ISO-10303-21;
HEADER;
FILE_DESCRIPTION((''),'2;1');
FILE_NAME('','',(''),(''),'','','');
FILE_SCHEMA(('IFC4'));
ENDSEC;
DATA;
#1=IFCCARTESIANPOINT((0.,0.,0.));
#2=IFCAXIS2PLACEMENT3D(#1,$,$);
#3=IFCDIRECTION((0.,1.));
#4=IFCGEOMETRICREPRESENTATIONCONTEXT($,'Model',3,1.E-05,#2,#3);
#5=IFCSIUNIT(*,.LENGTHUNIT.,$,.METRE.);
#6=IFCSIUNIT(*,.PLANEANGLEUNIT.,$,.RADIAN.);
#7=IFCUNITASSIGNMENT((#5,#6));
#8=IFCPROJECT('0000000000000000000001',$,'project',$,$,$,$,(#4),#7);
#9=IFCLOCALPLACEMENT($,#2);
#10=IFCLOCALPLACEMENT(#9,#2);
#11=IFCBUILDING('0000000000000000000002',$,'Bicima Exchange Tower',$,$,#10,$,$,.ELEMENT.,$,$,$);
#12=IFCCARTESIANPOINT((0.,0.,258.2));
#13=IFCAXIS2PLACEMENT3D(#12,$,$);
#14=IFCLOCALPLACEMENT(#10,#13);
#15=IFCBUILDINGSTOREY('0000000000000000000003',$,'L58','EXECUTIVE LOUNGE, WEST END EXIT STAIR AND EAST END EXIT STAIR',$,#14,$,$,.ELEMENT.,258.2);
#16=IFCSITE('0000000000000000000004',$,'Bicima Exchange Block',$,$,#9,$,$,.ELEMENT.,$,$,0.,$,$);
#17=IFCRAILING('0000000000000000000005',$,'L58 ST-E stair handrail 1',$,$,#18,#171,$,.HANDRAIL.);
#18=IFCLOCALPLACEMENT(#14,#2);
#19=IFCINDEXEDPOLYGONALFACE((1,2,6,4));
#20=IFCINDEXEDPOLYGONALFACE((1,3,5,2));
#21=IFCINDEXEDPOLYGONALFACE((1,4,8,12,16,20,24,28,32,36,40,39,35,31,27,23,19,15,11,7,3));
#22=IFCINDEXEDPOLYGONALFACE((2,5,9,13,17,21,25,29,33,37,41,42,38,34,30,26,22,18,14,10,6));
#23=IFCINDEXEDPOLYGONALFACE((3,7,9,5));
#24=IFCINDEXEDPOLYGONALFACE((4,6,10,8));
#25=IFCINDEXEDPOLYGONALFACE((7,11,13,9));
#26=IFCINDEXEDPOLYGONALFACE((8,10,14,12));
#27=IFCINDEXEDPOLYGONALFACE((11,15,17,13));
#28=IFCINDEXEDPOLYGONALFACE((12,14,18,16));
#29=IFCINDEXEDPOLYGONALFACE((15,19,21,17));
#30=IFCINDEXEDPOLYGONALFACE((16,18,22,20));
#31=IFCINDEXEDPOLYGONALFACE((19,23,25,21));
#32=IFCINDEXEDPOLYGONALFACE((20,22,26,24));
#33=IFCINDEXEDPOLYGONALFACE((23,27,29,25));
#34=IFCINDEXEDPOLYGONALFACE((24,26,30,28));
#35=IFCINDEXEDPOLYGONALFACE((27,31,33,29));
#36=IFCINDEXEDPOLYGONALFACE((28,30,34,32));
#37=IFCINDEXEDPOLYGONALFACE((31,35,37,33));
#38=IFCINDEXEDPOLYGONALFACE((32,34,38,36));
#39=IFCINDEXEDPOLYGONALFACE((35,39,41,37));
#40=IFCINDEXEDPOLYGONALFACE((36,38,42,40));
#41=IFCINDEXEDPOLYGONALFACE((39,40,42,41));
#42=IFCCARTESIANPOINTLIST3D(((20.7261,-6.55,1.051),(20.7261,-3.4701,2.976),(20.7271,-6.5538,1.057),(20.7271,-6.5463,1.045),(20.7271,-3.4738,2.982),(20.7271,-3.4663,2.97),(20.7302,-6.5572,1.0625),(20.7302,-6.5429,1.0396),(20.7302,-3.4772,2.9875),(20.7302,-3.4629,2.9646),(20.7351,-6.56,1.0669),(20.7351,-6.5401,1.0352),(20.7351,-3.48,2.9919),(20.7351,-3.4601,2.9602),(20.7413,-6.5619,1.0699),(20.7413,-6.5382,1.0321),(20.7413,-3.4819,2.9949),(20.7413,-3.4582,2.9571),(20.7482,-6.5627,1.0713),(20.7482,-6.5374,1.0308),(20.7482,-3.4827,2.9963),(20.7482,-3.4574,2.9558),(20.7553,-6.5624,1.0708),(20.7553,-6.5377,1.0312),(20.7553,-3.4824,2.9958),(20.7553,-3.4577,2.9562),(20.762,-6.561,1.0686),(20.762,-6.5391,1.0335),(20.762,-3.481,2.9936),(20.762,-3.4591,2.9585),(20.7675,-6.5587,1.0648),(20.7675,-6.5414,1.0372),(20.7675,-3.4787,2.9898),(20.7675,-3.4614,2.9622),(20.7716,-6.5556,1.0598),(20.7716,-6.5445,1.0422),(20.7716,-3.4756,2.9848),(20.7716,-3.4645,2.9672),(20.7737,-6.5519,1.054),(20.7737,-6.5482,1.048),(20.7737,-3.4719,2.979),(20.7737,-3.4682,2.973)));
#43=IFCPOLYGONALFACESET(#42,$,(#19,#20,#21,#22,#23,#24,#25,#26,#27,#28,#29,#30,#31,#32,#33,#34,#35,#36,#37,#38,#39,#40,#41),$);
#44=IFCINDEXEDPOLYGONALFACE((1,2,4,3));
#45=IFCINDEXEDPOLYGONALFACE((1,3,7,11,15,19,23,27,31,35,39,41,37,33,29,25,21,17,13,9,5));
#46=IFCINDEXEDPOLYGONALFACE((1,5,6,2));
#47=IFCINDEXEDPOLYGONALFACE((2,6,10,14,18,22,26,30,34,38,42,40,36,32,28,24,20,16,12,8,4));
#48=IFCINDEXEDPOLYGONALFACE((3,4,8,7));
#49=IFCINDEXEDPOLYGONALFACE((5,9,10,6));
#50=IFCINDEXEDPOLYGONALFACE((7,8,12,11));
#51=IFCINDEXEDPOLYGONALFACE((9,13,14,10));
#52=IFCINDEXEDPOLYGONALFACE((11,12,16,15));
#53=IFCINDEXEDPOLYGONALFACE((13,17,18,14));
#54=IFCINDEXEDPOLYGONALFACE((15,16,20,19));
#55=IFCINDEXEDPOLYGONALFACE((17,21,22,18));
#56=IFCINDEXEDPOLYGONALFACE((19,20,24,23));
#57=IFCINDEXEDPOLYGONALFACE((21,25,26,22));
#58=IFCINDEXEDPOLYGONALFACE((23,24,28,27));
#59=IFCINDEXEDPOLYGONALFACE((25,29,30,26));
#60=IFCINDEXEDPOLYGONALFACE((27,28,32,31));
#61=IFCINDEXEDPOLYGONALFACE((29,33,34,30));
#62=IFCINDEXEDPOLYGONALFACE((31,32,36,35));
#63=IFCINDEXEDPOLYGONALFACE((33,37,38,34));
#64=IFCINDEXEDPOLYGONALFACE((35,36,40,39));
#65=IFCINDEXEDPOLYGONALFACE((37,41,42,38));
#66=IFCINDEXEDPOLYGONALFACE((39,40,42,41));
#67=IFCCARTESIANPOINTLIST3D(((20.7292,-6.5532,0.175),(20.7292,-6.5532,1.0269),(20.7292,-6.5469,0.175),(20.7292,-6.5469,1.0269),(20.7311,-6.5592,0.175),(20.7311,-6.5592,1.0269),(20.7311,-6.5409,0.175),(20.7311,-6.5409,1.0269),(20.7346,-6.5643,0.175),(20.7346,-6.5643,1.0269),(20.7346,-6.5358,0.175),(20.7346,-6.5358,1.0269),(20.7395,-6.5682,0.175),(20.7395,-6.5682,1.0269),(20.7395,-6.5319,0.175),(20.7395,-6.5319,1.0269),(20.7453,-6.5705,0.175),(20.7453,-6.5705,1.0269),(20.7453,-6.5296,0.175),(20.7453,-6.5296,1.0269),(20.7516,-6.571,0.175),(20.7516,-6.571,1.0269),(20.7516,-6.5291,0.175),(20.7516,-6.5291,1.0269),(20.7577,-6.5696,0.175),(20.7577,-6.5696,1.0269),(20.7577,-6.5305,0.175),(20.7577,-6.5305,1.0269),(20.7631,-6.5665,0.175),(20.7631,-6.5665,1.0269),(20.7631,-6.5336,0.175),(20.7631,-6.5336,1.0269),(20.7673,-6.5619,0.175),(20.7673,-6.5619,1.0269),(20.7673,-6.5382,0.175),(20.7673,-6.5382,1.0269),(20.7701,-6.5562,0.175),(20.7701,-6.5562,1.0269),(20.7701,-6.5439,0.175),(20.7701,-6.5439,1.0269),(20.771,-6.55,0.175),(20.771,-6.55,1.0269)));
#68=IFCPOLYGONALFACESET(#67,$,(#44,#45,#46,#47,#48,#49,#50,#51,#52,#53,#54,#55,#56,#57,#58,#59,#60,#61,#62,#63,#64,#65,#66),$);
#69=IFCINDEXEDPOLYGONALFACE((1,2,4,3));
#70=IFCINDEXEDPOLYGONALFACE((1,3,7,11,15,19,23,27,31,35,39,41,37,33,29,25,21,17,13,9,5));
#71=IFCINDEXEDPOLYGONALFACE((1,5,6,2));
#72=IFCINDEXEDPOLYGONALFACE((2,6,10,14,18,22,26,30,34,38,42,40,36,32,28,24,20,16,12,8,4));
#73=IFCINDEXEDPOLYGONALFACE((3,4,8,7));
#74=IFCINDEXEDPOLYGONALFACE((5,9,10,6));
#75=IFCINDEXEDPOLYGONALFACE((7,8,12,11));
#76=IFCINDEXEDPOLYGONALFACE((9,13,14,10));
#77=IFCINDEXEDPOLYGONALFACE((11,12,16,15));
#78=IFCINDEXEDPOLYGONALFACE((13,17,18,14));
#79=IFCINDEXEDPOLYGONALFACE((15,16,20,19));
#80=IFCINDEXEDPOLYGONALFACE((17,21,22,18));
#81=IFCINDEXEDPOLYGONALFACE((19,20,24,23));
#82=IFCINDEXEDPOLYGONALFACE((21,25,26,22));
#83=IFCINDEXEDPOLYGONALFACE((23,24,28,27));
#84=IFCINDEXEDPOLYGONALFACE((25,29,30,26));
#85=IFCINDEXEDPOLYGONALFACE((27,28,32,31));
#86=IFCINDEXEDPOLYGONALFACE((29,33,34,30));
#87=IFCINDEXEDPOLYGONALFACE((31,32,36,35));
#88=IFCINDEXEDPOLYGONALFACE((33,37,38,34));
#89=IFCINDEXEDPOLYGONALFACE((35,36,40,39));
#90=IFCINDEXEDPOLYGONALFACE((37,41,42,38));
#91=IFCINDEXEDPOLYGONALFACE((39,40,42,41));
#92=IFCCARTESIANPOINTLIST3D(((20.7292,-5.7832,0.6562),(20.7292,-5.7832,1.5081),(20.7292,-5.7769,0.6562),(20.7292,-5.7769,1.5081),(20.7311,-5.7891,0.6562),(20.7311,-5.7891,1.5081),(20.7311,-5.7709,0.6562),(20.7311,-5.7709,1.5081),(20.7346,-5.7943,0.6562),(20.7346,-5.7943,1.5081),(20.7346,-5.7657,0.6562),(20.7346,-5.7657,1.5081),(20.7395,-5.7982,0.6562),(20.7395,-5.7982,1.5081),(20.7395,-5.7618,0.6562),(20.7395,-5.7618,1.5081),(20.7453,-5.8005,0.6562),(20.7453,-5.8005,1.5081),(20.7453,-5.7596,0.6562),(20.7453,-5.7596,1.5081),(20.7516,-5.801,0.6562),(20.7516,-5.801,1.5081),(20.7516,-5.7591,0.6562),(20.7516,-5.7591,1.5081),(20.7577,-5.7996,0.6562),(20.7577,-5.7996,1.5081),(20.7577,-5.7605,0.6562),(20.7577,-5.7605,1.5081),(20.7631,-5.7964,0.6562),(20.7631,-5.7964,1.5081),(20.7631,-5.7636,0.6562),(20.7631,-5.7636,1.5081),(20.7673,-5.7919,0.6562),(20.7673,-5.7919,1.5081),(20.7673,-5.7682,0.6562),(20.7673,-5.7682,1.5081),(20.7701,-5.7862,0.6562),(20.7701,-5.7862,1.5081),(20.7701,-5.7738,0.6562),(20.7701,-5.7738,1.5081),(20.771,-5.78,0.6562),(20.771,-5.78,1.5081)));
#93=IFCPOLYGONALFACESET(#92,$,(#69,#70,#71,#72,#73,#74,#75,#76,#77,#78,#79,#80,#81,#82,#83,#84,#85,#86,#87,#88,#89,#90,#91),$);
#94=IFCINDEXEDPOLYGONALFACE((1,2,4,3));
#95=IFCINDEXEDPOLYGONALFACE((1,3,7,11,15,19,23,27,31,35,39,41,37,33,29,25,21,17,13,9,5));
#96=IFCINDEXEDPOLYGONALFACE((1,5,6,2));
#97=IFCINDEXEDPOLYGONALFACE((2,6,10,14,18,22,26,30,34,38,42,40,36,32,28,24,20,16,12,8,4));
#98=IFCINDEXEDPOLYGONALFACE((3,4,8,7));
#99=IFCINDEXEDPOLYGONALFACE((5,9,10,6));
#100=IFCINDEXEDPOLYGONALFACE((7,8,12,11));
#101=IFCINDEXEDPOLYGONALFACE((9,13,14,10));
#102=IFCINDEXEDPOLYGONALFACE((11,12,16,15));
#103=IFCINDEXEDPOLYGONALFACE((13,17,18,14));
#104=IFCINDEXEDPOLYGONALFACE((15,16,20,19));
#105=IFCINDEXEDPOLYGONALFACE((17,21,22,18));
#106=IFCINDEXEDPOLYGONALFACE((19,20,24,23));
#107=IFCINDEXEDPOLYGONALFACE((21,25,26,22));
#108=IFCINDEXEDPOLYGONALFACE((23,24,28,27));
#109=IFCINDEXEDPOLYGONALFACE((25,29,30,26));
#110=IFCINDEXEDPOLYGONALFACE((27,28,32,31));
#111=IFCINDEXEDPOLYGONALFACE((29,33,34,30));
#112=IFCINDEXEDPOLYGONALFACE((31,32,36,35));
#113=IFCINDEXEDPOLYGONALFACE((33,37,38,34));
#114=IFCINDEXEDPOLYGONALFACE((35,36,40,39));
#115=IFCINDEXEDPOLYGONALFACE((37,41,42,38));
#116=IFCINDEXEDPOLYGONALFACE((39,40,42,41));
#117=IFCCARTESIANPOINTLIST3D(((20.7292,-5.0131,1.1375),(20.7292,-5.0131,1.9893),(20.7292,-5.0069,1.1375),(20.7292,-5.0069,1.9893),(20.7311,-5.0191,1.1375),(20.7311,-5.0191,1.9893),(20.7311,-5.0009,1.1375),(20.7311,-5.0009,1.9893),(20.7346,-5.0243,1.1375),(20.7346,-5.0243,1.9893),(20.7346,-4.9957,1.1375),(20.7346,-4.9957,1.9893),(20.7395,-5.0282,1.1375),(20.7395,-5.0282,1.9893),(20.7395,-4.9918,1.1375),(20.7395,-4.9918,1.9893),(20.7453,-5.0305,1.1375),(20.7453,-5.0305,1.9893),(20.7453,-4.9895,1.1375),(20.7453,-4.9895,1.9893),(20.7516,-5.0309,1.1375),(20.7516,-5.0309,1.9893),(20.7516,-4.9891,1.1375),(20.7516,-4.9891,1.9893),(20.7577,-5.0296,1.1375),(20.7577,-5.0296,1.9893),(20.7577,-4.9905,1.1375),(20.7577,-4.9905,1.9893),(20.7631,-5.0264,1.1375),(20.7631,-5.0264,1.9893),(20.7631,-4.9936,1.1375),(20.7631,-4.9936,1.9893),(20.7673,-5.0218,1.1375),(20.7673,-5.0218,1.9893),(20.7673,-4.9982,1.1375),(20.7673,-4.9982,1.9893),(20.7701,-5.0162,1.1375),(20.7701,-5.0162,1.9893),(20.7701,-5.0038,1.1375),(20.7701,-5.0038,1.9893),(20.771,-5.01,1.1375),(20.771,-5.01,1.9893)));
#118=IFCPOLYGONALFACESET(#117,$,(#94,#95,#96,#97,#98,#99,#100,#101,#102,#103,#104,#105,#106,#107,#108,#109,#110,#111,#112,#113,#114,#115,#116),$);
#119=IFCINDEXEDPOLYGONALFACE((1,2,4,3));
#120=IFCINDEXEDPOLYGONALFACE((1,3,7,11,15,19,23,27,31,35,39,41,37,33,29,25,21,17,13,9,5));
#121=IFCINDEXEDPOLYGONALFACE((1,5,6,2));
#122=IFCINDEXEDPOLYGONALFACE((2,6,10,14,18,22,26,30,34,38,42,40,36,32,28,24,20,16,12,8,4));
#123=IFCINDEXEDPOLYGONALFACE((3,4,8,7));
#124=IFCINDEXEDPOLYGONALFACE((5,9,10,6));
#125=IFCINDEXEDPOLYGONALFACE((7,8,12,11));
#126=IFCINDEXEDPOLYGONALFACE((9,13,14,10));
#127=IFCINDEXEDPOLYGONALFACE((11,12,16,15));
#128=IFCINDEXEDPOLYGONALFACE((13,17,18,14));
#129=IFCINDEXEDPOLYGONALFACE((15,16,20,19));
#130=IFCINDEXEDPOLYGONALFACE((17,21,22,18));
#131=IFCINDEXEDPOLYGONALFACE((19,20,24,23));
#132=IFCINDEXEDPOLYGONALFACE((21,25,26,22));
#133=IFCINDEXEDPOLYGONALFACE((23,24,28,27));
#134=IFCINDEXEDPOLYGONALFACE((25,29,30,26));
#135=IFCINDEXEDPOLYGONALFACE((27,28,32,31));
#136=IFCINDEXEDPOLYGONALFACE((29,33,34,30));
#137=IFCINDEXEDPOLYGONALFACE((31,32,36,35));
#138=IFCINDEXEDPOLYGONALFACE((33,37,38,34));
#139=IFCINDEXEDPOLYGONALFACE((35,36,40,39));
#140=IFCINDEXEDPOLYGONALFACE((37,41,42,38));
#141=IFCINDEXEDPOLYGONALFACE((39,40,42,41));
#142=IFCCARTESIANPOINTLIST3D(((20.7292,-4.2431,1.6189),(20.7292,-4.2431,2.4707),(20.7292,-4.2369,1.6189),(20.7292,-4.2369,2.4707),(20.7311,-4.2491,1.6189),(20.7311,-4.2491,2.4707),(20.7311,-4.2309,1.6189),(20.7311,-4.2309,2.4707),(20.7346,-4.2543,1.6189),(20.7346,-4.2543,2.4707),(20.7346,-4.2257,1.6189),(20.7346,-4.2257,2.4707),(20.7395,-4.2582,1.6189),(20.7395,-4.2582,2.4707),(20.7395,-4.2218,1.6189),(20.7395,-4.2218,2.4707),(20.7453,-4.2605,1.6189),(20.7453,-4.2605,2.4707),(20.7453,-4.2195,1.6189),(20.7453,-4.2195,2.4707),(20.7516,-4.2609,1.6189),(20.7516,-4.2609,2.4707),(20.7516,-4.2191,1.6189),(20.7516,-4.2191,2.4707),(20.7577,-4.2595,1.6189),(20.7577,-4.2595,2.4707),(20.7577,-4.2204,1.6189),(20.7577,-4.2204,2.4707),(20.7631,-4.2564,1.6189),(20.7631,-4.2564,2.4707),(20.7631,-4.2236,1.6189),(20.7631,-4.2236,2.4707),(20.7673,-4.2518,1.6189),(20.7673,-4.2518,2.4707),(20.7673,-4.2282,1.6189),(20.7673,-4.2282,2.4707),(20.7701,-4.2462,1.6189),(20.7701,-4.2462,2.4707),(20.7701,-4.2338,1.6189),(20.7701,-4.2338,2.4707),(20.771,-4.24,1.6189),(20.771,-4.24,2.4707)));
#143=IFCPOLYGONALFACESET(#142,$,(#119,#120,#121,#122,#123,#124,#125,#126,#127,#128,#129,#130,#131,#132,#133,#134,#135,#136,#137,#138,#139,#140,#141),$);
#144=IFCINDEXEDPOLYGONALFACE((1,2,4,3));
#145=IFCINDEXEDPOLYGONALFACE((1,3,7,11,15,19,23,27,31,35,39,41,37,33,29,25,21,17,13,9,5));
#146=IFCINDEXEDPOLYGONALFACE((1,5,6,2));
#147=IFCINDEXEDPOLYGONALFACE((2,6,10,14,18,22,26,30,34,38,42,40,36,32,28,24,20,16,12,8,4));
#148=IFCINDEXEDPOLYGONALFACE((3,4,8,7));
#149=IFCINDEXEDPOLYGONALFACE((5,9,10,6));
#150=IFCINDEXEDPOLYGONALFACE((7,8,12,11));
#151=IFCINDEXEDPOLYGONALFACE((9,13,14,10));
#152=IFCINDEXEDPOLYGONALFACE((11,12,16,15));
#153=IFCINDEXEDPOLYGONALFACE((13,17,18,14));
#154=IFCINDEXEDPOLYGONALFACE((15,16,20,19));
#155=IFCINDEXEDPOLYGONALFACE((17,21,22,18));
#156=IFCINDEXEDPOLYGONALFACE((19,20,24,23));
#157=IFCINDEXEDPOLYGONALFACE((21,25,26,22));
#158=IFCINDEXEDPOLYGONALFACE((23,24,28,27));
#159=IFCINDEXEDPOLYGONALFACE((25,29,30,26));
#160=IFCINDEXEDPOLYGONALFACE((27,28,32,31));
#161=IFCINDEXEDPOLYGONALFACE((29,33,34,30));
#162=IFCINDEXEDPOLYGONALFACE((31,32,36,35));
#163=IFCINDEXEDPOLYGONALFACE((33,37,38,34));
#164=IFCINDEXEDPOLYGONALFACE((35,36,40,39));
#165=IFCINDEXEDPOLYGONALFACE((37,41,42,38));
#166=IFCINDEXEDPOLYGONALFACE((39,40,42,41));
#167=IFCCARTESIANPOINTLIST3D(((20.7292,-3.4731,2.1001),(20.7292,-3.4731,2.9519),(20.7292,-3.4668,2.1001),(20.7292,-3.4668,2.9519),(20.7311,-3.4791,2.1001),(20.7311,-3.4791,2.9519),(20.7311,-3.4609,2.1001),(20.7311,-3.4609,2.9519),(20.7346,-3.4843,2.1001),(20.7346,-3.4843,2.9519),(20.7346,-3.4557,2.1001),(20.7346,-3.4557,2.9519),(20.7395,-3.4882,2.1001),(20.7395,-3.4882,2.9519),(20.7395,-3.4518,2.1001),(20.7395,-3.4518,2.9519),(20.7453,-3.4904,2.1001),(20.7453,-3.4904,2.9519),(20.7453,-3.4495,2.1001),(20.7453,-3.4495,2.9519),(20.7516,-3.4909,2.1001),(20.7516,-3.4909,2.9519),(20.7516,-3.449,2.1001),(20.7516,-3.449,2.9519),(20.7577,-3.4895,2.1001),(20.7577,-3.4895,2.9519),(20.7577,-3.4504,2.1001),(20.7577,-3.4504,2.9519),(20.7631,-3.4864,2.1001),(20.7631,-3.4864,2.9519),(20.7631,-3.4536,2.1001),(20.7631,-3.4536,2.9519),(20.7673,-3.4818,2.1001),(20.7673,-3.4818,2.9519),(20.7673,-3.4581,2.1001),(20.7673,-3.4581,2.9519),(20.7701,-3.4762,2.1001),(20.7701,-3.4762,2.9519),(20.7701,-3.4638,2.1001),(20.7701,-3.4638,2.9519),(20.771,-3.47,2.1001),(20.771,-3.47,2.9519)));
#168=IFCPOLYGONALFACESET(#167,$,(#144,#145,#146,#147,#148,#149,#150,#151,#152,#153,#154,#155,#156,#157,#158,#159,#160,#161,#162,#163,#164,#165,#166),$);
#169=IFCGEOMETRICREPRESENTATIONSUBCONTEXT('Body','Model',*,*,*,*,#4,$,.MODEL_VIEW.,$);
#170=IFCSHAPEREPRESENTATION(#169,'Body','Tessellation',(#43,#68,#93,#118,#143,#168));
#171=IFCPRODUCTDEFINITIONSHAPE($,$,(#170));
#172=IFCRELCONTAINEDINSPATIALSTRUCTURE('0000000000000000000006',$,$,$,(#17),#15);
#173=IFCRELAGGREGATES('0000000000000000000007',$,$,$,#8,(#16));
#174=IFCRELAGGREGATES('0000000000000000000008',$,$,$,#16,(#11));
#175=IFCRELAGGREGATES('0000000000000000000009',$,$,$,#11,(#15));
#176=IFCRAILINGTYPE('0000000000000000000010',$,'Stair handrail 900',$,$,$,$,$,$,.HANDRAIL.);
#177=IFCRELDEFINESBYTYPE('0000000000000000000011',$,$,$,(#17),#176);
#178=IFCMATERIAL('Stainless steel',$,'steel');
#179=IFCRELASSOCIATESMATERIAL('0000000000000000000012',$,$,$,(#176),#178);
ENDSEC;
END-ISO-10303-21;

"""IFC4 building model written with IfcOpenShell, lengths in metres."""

from ifc_helpers import new_model, si_unit, direction, frame, origin, origin_2d, place, context, subcontext, project, spatial, circle, extrude, material, type_object, element, save


model = new_model("IFC4")

# Units and contexts
model_context = context("Model", 3, precision=1e-05, world=origin(), true_north=direction((0.0, 1.0)))
body_context = subcontext(model_context, "Body", "Model", "MODEL_VIEW")
ifc_project = project(units=[si_unit("LENGTHUNIT", "METRE"), si_unit("PLANEANGLEUNIT", "RADIAN")], contexts=[model_context])

# Site, building, storey
site_placement = place(None, origin())
site = spatial("IfcSite", under=ifc_project, at=site_placement, Name="Bicima Exchange Block", CompositionType="ELEMENT", RefElevation=0.0)
building_placement = place(site_placement, origin())
building = spatial("IfcBuilding", under=site, at=building_placement, Name="Bicima Exchange Tower", CompositionType="ELEMENT")
storey_placement = place(building_placement, frame((0.0, 0.0, 258.2)))
storey = spatial("IfcBuildingStorey", under=building, at=storey_placement, Name="L58", Description="EXECUTIVE LOUNGE, WEST END EXIT STAIR AND EAST END EXIT STAIR", CompositionType="ELEMENT", Elevation=258.2)

# Railing
ifc_material_1 = material(Name="Stainless steel", Category="steel")
railing_type_1 = type_object("IfcRailingType", Name="Stair handrail 900", PredefinedType="HANDRAIL", material=ifc_material_1)
railing_1_placement = place(storey_placement, frame((20.75, -6.55, 0.175)))
element("IfcRailing", 1, at=railing_1_placement, inside=storey, type_object=railing_type_1, Name="L58 ST-E stair handrail 1", PredefinedType="HANDRAIL", context=body_context, shape_type="SweptSolid", body=[
    extrude(circle(Radius=0.0239, at=origin_2d()), frame((0.0, 0.0, 0.876), z_axis=(0.0, 0.847998, 0.529999), x_axis=(-1.0, 0.0, 0.0)), (0.0, 0.0, 1.0), 3.6321),
    extrude(circle(Radius=0.021, at=origin_2d()), origin(), (0.0, 0.0, 1.0), 0.8518),
    extrude(circle(Radius=0.021, at=origin_2d()), frame((0.0, 0.77, 0.4812)), (0.0, 0.0, 1.0), 0.8518),
    extrude(circle(Radius=0.021, at=origin_2d()), frame((0.0, 1.54, 0.9624)), (0.0, 0.0, 1.0), 0.8518),
    extrude(circle(Radius=0.021, at=origin_2d()), frame((0.0, 2.3101, 1.4438)), (0.0, 0.0, 1.0), 0.8518),
    extrude(circle(Radius=0.021, at=origin_2d()), frame((0.0, 3.0801, 1.925)), (0.0, 0.0, 1.0), 0.8518),
])

save(model, "model.ifc")
